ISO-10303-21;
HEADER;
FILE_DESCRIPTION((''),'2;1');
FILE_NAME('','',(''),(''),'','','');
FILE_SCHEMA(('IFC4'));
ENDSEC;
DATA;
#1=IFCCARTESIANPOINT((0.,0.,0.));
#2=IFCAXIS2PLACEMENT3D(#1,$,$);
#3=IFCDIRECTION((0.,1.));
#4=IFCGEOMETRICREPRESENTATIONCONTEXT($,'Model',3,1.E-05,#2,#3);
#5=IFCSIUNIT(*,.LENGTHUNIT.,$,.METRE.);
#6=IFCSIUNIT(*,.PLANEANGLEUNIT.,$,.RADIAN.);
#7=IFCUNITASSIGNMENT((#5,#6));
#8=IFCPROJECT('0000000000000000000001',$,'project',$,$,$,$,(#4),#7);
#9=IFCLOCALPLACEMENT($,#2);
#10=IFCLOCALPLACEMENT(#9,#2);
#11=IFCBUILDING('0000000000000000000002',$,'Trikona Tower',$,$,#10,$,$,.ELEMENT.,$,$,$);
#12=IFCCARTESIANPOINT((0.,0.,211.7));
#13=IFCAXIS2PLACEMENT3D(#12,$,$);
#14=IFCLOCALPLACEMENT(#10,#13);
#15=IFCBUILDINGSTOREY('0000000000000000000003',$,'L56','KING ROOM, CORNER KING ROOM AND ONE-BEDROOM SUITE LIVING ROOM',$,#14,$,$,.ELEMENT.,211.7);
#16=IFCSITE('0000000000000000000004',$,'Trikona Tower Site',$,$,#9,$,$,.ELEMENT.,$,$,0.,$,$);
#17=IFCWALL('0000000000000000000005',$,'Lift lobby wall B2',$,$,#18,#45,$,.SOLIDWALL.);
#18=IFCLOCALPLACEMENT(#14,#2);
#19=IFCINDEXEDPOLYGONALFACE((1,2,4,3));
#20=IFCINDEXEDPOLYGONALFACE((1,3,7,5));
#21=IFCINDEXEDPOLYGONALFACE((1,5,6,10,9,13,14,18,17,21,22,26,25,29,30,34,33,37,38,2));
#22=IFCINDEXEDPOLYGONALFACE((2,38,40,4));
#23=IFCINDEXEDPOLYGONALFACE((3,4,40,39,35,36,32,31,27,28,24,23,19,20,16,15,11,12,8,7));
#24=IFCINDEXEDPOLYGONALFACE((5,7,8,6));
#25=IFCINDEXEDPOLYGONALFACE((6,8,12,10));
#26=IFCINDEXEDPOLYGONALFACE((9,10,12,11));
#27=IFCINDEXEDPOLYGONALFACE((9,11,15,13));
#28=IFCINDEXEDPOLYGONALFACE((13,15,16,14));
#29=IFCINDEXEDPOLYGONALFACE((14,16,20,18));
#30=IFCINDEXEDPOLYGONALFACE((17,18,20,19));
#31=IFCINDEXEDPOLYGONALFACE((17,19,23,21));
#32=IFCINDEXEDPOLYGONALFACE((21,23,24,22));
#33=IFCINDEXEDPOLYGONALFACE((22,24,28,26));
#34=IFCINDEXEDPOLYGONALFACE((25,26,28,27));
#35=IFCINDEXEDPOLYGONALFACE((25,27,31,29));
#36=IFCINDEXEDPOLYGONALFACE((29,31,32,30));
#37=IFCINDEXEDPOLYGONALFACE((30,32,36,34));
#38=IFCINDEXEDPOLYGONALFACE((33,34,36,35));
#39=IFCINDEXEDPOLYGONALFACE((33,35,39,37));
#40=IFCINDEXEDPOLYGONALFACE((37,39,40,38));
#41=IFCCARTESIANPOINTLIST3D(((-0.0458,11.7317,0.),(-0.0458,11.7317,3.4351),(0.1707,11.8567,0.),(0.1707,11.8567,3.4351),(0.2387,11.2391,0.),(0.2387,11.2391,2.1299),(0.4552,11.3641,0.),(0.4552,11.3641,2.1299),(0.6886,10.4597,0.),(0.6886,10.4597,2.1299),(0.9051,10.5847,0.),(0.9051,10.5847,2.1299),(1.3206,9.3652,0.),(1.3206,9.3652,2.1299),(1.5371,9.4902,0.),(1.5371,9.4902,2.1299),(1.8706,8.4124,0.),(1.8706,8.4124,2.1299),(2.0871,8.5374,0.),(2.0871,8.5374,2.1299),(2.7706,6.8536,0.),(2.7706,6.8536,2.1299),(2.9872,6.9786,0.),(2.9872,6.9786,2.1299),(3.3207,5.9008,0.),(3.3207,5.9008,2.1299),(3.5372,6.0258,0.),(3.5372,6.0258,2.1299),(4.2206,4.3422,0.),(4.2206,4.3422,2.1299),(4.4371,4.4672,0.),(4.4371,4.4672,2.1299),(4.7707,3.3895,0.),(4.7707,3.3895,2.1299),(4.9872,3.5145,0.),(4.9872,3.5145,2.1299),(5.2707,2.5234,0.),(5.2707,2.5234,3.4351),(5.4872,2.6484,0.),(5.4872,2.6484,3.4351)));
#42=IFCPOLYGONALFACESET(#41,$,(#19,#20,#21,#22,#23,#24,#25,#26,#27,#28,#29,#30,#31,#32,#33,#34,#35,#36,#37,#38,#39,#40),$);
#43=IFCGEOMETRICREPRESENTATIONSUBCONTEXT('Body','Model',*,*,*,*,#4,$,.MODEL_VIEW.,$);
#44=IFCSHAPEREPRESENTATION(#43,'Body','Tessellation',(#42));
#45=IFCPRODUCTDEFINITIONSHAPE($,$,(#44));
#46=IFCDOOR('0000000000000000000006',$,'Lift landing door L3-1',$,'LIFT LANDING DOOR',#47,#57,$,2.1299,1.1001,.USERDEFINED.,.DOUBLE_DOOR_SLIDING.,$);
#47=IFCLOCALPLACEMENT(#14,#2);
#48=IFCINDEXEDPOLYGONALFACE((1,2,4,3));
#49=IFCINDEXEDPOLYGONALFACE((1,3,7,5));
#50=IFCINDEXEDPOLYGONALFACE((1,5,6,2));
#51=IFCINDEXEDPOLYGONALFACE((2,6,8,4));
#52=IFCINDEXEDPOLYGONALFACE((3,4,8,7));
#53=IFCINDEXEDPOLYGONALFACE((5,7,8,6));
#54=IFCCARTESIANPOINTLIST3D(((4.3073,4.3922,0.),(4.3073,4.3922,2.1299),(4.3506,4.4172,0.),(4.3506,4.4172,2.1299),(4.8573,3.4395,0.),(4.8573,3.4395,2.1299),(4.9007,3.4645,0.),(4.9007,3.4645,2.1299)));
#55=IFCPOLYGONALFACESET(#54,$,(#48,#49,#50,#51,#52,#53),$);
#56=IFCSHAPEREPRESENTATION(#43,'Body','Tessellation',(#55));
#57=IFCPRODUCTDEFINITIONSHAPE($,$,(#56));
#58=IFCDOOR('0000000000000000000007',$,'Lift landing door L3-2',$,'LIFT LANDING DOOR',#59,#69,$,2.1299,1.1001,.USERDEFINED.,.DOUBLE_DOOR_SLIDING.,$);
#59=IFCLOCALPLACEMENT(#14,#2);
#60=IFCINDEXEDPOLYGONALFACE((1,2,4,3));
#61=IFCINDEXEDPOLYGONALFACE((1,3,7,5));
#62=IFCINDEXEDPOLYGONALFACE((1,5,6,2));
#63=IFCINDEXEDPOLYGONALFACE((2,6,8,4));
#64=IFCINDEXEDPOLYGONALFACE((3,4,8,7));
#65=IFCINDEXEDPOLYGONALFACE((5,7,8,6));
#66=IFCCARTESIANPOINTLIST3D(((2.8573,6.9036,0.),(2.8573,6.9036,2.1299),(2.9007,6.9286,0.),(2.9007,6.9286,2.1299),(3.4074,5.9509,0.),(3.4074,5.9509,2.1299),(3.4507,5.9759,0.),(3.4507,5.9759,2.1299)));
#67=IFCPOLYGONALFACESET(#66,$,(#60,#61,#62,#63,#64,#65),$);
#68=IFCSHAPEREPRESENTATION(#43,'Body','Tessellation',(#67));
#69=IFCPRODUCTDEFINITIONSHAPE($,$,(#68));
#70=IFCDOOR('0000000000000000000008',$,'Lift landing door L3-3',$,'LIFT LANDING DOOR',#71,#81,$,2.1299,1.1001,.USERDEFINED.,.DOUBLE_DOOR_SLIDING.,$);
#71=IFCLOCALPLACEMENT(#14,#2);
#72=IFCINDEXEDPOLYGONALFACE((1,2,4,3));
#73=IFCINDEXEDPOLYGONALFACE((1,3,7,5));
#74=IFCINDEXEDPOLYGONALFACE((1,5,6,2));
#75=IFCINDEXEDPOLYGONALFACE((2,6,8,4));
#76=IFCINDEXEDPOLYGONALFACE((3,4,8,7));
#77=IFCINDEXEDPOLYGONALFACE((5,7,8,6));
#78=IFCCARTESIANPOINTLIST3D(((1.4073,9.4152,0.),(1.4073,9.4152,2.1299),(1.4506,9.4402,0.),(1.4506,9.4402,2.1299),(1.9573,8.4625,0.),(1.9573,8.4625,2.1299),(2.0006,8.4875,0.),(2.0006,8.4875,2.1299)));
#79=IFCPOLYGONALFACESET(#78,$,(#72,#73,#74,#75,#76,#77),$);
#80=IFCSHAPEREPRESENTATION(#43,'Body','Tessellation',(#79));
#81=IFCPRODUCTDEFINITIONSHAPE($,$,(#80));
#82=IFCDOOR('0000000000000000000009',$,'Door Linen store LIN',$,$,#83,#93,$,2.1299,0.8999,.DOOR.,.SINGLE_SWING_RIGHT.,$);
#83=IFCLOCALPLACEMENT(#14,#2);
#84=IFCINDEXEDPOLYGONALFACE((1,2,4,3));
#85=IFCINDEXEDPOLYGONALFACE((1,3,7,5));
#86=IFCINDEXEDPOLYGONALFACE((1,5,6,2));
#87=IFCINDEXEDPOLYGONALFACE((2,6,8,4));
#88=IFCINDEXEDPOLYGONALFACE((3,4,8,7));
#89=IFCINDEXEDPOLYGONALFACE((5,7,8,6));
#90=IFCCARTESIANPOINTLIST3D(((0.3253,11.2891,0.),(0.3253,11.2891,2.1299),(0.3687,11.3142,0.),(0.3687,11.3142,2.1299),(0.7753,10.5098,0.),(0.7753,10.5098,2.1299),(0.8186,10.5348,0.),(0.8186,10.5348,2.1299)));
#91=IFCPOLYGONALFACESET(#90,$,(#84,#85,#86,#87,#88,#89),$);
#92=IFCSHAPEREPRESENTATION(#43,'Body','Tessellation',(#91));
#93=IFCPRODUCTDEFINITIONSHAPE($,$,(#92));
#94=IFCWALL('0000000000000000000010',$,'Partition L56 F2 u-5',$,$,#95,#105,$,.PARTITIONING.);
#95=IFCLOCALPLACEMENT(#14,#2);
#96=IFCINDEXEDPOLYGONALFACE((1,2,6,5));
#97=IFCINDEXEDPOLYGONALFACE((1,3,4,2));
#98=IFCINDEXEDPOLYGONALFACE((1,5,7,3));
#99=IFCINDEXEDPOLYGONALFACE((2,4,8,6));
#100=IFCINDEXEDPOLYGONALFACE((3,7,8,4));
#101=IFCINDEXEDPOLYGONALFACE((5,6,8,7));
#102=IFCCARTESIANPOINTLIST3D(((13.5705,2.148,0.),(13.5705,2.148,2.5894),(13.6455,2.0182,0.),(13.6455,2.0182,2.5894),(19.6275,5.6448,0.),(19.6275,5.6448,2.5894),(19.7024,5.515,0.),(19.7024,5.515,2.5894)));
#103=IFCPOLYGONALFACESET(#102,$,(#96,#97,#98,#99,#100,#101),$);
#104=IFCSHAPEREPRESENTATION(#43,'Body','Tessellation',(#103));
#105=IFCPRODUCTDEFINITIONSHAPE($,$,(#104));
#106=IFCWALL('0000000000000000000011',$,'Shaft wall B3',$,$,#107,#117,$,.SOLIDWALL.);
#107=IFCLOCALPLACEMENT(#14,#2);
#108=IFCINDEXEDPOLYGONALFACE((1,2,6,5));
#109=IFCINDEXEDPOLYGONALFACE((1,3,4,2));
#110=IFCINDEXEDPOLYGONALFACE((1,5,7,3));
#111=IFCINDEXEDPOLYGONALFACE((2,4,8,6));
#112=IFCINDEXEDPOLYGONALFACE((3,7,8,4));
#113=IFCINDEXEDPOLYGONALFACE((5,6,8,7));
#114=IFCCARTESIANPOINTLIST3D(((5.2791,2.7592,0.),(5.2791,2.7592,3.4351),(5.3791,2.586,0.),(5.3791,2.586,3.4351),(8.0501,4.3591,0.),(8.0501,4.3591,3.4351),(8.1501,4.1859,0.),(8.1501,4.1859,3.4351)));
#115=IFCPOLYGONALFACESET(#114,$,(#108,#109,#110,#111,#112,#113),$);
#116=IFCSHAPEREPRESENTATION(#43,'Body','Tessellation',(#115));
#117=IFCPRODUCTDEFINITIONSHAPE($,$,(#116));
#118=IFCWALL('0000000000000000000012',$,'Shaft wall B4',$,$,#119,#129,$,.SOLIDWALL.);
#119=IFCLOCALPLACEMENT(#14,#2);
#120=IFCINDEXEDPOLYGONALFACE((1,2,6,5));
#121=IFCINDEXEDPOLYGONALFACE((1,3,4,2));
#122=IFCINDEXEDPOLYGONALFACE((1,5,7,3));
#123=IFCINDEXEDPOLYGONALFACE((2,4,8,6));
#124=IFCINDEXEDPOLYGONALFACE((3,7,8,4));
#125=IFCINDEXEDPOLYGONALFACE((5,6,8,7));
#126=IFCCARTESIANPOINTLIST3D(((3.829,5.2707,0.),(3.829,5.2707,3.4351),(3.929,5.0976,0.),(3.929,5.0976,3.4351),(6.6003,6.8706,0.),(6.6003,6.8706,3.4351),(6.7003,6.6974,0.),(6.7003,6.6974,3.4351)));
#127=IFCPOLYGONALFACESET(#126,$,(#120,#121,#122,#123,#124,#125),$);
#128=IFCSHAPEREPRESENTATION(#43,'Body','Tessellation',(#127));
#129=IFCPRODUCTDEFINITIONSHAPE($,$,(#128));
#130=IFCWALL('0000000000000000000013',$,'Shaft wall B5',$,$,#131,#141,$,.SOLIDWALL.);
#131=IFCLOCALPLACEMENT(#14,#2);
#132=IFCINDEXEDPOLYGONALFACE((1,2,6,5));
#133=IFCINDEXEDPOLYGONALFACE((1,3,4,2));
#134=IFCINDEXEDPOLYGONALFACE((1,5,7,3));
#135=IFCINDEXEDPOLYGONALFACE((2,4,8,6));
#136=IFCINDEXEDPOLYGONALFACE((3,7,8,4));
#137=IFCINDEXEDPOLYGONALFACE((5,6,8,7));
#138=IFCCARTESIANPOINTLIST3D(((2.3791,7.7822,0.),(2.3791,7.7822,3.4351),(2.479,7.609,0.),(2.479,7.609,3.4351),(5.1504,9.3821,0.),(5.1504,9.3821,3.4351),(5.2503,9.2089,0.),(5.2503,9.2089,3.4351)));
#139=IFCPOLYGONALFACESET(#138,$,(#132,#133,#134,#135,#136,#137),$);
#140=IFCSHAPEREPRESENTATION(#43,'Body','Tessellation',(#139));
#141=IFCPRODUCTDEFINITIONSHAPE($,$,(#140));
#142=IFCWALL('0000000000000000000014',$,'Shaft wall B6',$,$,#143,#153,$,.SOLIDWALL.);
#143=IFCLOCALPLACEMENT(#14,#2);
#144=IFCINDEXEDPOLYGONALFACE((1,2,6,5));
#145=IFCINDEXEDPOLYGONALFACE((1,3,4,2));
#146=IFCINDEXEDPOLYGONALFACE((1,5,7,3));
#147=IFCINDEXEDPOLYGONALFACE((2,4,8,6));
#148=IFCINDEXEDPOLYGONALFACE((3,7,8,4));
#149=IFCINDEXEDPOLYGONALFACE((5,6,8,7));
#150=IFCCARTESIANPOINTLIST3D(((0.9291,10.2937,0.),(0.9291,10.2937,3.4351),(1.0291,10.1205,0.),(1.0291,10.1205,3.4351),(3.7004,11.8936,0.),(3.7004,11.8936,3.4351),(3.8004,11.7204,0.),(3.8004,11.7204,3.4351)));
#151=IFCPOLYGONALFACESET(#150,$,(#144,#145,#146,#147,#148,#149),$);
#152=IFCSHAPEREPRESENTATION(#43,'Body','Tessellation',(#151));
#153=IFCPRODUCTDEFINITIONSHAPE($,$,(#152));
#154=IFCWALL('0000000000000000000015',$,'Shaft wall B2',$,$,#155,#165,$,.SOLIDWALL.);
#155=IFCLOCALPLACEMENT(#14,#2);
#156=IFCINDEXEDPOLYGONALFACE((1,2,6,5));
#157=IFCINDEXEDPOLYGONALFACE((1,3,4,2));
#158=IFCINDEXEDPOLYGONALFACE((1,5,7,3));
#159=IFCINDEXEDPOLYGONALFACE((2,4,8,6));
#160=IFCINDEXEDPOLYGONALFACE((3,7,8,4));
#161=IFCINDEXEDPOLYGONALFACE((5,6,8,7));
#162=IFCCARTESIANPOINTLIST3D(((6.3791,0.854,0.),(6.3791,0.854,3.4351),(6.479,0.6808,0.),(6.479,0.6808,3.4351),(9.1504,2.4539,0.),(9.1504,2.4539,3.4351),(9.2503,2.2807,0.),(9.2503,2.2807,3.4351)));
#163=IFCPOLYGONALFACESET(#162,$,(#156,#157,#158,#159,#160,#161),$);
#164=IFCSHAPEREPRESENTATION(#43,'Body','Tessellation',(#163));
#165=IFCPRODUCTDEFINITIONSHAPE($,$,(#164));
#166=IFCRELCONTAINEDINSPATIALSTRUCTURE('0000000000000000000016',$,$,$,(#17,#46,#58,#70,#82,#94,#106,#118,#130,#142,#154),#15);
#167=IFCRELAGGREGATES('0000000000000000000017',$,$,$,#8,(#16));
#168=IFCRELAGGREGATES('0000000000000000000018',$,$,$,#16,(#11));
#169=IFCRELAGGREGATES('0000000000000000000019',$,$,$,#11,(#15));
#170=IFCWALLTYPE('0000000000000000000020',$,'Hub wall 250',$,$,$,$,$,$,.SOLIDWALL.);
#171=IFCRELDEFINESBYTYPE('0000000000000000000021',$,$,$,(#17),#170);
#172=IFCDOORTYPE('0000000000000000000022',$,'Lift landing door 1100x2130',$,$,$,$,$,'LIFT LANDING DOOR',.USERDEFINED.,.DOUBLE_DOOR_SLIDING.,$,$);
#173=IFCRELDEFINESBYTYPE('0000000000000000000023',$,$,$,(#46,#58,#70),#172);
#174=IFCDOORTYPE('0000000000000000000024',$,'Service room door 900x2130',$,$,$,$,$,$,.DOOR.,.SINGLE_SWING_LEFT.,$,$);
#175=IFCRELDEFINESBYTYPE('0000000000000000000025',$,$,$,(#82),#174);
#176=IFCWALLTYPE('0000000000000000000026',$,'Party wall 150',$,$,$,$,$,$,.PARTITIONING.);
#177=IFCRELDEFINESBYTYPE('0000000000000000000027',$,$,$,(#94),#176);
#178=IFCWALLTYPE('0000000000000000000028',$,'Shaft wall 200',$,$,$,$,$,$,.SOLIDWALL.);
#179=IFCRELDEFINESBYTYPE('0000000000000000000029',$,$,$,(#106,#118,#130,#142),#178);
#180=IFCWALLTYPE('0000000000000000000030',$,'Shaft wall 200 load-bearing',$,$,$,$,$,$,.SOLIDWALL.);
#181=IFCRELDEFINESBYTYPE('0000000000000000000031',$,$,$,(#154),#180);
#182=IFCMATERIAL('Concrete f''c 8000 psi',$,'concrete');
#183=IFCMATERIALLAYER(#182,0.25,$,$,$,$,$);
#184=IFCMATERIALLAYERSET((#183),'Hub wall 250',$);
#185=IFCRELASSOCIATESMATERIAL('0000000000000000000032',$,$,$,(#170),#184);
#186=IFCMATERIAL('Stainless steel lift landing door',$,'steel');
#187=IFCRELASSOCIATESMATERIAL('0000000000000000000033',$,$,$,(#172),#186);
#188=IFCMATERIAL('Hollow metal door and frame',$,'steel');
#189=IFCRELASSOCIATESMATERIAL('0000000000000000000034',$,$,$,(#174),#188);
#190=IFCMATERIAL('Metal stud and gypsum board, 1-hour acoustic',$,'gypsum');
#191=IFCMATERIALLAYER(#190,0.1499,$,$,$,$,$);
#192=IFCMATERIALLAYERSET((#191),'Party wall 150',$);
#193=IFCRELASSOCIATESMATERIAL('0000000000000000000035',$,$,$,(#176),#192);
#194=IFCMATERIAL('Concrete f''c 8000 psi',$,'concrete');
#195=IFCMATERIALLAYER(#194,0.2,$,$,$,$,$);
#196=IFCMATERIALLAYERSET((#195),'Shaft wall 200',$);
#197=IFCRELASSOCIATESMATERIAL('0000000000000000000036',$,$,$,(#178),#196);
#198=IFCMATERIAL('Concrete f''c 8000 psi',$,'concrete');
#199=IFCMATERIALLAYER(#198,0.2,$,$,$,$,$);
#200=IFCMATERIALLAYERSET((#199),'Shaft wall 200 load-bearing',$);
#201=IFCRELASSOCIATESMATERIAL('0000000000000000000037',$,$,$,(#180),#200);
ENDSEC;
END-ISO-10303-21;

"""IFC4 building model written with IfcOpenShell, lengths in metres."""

from ifc_helpers import new_model, si_unit, direction, frame, frame_2d, origin, place, context, subcontext, project, spatial, rectangle, extrude, material, layer, layer_set, type_object, element, fill, save


model = new_model("IFC4")

# Units and contexts
model_context = context("Model", 3, precision=1e-05, world=origin(), true_north=direction((0.0, 1.0)))
body_context = subcontext(model_context, "Body", "Model", "MODEL_VIEW")
ifc_project = project(units=[si_unit("LENGTHUNIT", "METRE"), si_unit("PLANEANGLEUNIT", "RADIAN")], contexts=[model_context])

# Site, building, storey
site_placement = place(None, origin())
site = spatial("IfcSite", under=ifc_project, at=site_placement, Name="Trikona Tower Site", CompositionType="ELEMENT", RefElevation=0.0)
building_placement = place(site_placement, origin())
building = spatial("IfcBuilding", under=site, at=building_placement, Name="Trikona Tower", CompositionType="ELEMENT")
storey_placement = place(building_placement, frame((0.0, 0.0, 211.7)))
storey = spatial("IfcBuildingStorey", under=building, at=storey_placement, Name="L56", Description="KING ROOM, CORNER KING ROOM AND ONE-BEDROOM SUITE LIVING ROOM", CompositionType="ELEMENT", Elevation=211.7)

# Wall, openings, doors
ifc_material_1 = material(Name="Concrete f'c 8000 psi", Category="concrete")
ifc_layer_1 = layer(ifc_material_1, 0.25)
ifc_layer_set_1 = layer_set([ifc_layer_1], Name="Hub wall 250")
wall_type_1 = type_object("IfcWallType", Name="Hub wall 250", PredefinedType="SOLIDWALL", material=ifc_layer_set_1)
wall_1_placement = place(storey_placement, frame((5.3789, 2.5859, 0.0), z_axis=(0.0, 0.0, 1.0), x_axis=(-0.500001, 0.866025, 0.0)))
wall_1 = element("IfcWall", 1, at=wall_1_placement, inside=storey, type_object=wall_type_1, Name="Lift lobby wall B2", PredefinedType="SOLIDWALL", context=body_context, shape_type="SweptSolid", body=[
    extrude(rectangle(XDim=10.6328, YDim=0.25, at=frame_2d((5.3164, 0.0))), origin(), (0.0, 0.0, 1.0), 3.4351),
])
opening_1_placement = place(wall_1_placement, frame((9.1641, 0.0, 0.0)))
opening_1 = element("IfcOpeningElement", 2, at=opening_1_placement, cuts=wall_1, PredefinedType="OPENING", context=body_context, shape_type="SweptSolid", body=[
    extrude(rectangle(XDim=0.8999, YDim=2.1299, at=frame_2d((0.45, 1.0649))), frame((0.0, 0.135, 0.0), z_axis=(0.0, -1.0, 0.0), x_axis=(1.0, 0.0, 0.0)), (0.0, 0.0, 1.0), 0.27),
])
opening_2_placement = place(wall_1_placement, frame((1.0, 0.0, 0.0)))
opening_2 = element("IfcOpeningElement", 3, at=opening_2_placement, cuts=wall_1, PredefinedType="OPENING", context=body_context, shape_type="SweptSolid", body=[
    extrude(rectangle(XDim=1.1001, YDim=2.1299, at=frame_2d((0.55, 1.0649))), frame((0.0, 0.135, 0.0), z_axis=(0.0, -1.0, 0.0), x_axis=(1.0, 0.0, 0.0)), (0.0, 0.0, 1.0), 0.27),
])
opening_3_placement = place(wall_1_placement, frame((3.8999, 0.0, 0.0)))
opening_3 = element("IfcOpeningElement", 4, at=opening_3_placement, cuts=wall_1, PredefinedType="OPENING", context=body_context, shape_type="SweptSolid", body=[
    extrude(rectangle(XDim=1.1001, YDim=2.1299, at=frame_2d((0.55, 1.0649))), frame((0.0, 0.135, 0.0), z_axis=(0.0, -1.0, 0.0), x_axis=(1.0, 0.0, 0.0)), (0.0, 0.0, 1.0), 0.27),
])
opening_4_placement = place(wall_1_placement, frame((6.8, 0.0, 0.0)))
opening_4 = element("IfcOpeningElement", 5, at=opening_4_placement, cuts=wall_1, PredefinedType="OPENING", context=body_context, shape_type="SweptSolid", body=[
    extrude(rectangle(XDim=1.1001, YDim=2.1299, at=frame_2d((0.55, 1.0649))), frame((0.0, 0.135, 0.0), z_axis=(0.0, -1.0, 0.0), x_axis=(1.0, 0.0, 0.0)), (0.0, 0.0, 1.0), 0.27),
])
ifc_material_2 = material(Name="Stainless steel lift landing door", Category="steel")
door_type_1 = type_object("IfcDoorType", Name="Lift landing door 1100x2130", ElementType="LIFT LANDING DOOR", OperationType="DOUBLE_DOOR_SLIDING", PredefinedType="USERDEFINED", material=ifc_material_2)
door_1_placement = place(opening_2_placement, origin())
door_1 = element("IfcDoor", 6, at=door_1_placement, inside=storey, type_object=door_type_1, Name="Lift landing door L3-1", ObjectType="LIFT LANDING DOOR", OperationType="DOUBLE_DOOR_SLIDING", OverallHeight=2.1299, OverallWidth=1.1001, PredefinedType="USERDEFINED", context=body_context, shape_type="SweptSolid", body=[
    extrude(rectangle(XDim=1.1001, YDim=2.1299, at=frame_2d((0.55, 1.0649))), frame((0.0, 0.0249, 0.0), z_axis=(0.0, -1.0, 0.0), x_axis=(1.0, 0.0, 0.0)), (0.0, 0.0, 1.0), 0.05),
])
fill(opening_2, door_1)
door_2_placement = place(opening_3_placement, origin())
door_2 = element("IfcDoor", 7, at=door_2_placement, inside=storey, type_object=door_type_1, Name="Lift landing door L3-2", ObjectType="LIFT LANDING DOOR", OperationType="DOUBLE_DOOR_SLIDING", OverallHeight=2.1299, OverallWidth=1.1001, PredefinedType="USERDEFINED", context=body_context, shape_type="SweptSolid", body=[
    extrude(rectangle(XDim=1.1001, YDim=2.1299, at=frame_2d((0.55, 1.0649))), frame((0.0, 0.0249, 0.0), z_axis=(0.0, -1.0, 0.0), x_axis=(1.0, 0.0, 0.0)), (0.0, 0.0, 1.0), 0.05),
])
fill(opening_3, door_2)
door_3_placement = place(opening_4_placement, origin())
door_3 = element("IfcDoor", 8, at=door_3_placement, inside=storey, type_object=door_type_1, Name="Lift landing door L3-3", ObjectType="LIFT LANDING DOOR", OperationType="DOUBLE_DOOR_SLIDING", OverallHeight=2.1299, OverallWidth=1.1001, PredefinedType="USERDEFINED", context=body_context, shape_type="SweptSolid", body=[
    extrude(rectangle(XDim=1.1001, YDim=2.1299, at=frame_2d((0.55, 1.0649))), frame((0.0, 0.0249, 0.0), z_axis=(0.0, -1.0, 0.0), x_axis=(1.0, 0.0, 0.0)), (0.0, 0.0, 1.0), 0.05),
])
fill(opening_4, door_3)
ifc_material_3 = material(Name="Hollow metal door and frame", Category="steel")
door_type_2 = type_object("IfcDoorType", Name="Service room door 900x2130", OperationType="SINGLE_SWING_LEFT", PredefinedType="DOOR", material=ifc_material_3)
door_4_placement = place(opening_1_placement, origin())
door_4 = element("IfcDoor", 9, at=door_4_placement, inside=storey, type_object=door_type_2, Name="Door Linen store LIN", OperationType="SINGLE_SWING_RIGHT", OverallHeight=2.1299, OverallWidth=0.8999, PredefinedType="DOOR", context=body_context, shape_type="SweptSolid", body=[
    extrude(rectangle(XDim=0.8999, YDim=2.1299, at=frame_2d((0.45, 1.0649))), frame((0.0, 0.0249, 0.0), z_axis=(0.0, -1.0, 0.0), x_axis=(1.0, 0.0, 0.0)), (0.0, 0.0, 1.0), 0.05),
])
fill(opening_1, door_4)

# Walls
ifc_material_4 = material(Name="Metal stud and gypsum board, 1-hour acoustic", Category="gypsum")
ifc_layer_2 = layer(ifc_material_4, 0.1499)
ifc_layer_set_2 = layer_set([ifc_layer_2], Name="Party wall 150")
wall_type_2 = type_object("IfcWallType", Name="Party wall 150", PredefinedType="PARTITIONING", material=ifc_layer_set_2)
wall_2_placement = place(storey_placement, frame((13.6079, 2.083, 0.0), z_axis=(0.0, 0.0, 1.0), x_axis=(0.866033, 0.499987, 0.0)))
element("IfcWall", 10, at=wall_2_placement, inside=storey, type_object=wall_type_2, Name="Partition L56 F2 u-5", PredefinedType="PARTITIONING", context=body_context, shape_type="SweptSolid", body=[
    extrude(rectangle(XDim=6.9939, YDim=0.1499, at=frame_2d((3.4971, 0.0))), origin(), (0.0, 0.0, 1.0), 2.5894),
])
ifc_material_5 = material(Name="Concrete f'c 8000 psi", Category="concrete")
ifc_layer_3 = layer(ifc_material_5, 0.2)
ifc_layer_set_3 = layer_set([ifc_layer_3], Name="Shaft wall 200")
wall_type_3 = type_object("IfcWallType", Name="Shaft wall 200", PredefinedType="SOLIDWALL", material=ifc_layer_set_3)
wall_3_placement = place(storey_placement, frame((5.3291, 2.6726, 0.0), z_axis=(0.0, 0.0, 1.0), x_axis=(0.866023, 0.500004, 0.0)))
element("IfcWall", 11, at=wall_3_placement, inside=storey, type_object=wall_type_3, Name="Shaft wall B3", PredefinedType="SOLIDWALL", context=body_context, shape_type="SweptSolid", body=[
    extrude(rectangle(XDim=3.1997, YDim=0.2, at=frame_2d((1.5999, 0.0))), origin(), (0.0, 0.0, 1.0), 3.4351),
])
for number, where, z_axis, x_axis, name in (
    (12, (3.8789, 5.1841, 0.0), (0.0, 0.0, 1.0), (0.866042, 0.499971, 0.0), "Shaft wall B4"),
    (13, (2.429, 7.6956, 0.0), (0.0, 0.0, 1.0), (0.866042, 0.499971, 0.0), "Shaft wall B5"),
    (14, (0.979, 10.207, 0.0), (0.0, 0.0, 1.0), (0.866042, 0.499971, 0.0), "Shaft wall B6"),
):
    element("IfcWall", number, at=place(storey_placement, frame(where, z_axis=z_axis, x_axis=x_axis)), inside=storey, type_object=wall_type_3, Name=name, PredefinedType="SOLIDWALL", context=body_context, shape_type="SweptSolid", body=[
        extrude(rectangle(XDim=3.2, YDim=0.2, at=frame_2d((1.6001, 0.0))), origin(), (0.0, 0.0, 1.0), 3.4351),
    ])
ifc_material_6 = material(Name="Concrete f'c 8000 psi", Category="concrete")
ifc_layer_4 = layer(ifc_material_6, 0.2)
ifc_layer_set_4 = layer_set([ifc_layer_4], Name="Shaft wall 200 load-bearing")
wall_type_4 = type_object("IfcWallType", Name="Shaft wall 200 load-bearing", PredefinedType="SOLIDWALL", material=ifc_layer_set_4)
wall_4_placement = place(storey_placement, frame((6.429, 0.7673, 0.0), z_axis=(0.0, 0.0, 1.0), x_axis=(0.866042, 0.499971, 0.0)))
element("IfcWall", 15, at=wall_4_placement, inside=storey, type_object=wall_type_4, Name="Shaft wall B2", PredefinedType="SOLIDWALL", context=body_context, shape_type="SweptSolid", body=[
    extrude(rectangle(XDim=3.2, YDim=0.2, at=frame_2d((1.6001, 0.0))), origin(), (0.0, 0.0, 1.0), 3.4351),
])

save(model, "model.ifc")
